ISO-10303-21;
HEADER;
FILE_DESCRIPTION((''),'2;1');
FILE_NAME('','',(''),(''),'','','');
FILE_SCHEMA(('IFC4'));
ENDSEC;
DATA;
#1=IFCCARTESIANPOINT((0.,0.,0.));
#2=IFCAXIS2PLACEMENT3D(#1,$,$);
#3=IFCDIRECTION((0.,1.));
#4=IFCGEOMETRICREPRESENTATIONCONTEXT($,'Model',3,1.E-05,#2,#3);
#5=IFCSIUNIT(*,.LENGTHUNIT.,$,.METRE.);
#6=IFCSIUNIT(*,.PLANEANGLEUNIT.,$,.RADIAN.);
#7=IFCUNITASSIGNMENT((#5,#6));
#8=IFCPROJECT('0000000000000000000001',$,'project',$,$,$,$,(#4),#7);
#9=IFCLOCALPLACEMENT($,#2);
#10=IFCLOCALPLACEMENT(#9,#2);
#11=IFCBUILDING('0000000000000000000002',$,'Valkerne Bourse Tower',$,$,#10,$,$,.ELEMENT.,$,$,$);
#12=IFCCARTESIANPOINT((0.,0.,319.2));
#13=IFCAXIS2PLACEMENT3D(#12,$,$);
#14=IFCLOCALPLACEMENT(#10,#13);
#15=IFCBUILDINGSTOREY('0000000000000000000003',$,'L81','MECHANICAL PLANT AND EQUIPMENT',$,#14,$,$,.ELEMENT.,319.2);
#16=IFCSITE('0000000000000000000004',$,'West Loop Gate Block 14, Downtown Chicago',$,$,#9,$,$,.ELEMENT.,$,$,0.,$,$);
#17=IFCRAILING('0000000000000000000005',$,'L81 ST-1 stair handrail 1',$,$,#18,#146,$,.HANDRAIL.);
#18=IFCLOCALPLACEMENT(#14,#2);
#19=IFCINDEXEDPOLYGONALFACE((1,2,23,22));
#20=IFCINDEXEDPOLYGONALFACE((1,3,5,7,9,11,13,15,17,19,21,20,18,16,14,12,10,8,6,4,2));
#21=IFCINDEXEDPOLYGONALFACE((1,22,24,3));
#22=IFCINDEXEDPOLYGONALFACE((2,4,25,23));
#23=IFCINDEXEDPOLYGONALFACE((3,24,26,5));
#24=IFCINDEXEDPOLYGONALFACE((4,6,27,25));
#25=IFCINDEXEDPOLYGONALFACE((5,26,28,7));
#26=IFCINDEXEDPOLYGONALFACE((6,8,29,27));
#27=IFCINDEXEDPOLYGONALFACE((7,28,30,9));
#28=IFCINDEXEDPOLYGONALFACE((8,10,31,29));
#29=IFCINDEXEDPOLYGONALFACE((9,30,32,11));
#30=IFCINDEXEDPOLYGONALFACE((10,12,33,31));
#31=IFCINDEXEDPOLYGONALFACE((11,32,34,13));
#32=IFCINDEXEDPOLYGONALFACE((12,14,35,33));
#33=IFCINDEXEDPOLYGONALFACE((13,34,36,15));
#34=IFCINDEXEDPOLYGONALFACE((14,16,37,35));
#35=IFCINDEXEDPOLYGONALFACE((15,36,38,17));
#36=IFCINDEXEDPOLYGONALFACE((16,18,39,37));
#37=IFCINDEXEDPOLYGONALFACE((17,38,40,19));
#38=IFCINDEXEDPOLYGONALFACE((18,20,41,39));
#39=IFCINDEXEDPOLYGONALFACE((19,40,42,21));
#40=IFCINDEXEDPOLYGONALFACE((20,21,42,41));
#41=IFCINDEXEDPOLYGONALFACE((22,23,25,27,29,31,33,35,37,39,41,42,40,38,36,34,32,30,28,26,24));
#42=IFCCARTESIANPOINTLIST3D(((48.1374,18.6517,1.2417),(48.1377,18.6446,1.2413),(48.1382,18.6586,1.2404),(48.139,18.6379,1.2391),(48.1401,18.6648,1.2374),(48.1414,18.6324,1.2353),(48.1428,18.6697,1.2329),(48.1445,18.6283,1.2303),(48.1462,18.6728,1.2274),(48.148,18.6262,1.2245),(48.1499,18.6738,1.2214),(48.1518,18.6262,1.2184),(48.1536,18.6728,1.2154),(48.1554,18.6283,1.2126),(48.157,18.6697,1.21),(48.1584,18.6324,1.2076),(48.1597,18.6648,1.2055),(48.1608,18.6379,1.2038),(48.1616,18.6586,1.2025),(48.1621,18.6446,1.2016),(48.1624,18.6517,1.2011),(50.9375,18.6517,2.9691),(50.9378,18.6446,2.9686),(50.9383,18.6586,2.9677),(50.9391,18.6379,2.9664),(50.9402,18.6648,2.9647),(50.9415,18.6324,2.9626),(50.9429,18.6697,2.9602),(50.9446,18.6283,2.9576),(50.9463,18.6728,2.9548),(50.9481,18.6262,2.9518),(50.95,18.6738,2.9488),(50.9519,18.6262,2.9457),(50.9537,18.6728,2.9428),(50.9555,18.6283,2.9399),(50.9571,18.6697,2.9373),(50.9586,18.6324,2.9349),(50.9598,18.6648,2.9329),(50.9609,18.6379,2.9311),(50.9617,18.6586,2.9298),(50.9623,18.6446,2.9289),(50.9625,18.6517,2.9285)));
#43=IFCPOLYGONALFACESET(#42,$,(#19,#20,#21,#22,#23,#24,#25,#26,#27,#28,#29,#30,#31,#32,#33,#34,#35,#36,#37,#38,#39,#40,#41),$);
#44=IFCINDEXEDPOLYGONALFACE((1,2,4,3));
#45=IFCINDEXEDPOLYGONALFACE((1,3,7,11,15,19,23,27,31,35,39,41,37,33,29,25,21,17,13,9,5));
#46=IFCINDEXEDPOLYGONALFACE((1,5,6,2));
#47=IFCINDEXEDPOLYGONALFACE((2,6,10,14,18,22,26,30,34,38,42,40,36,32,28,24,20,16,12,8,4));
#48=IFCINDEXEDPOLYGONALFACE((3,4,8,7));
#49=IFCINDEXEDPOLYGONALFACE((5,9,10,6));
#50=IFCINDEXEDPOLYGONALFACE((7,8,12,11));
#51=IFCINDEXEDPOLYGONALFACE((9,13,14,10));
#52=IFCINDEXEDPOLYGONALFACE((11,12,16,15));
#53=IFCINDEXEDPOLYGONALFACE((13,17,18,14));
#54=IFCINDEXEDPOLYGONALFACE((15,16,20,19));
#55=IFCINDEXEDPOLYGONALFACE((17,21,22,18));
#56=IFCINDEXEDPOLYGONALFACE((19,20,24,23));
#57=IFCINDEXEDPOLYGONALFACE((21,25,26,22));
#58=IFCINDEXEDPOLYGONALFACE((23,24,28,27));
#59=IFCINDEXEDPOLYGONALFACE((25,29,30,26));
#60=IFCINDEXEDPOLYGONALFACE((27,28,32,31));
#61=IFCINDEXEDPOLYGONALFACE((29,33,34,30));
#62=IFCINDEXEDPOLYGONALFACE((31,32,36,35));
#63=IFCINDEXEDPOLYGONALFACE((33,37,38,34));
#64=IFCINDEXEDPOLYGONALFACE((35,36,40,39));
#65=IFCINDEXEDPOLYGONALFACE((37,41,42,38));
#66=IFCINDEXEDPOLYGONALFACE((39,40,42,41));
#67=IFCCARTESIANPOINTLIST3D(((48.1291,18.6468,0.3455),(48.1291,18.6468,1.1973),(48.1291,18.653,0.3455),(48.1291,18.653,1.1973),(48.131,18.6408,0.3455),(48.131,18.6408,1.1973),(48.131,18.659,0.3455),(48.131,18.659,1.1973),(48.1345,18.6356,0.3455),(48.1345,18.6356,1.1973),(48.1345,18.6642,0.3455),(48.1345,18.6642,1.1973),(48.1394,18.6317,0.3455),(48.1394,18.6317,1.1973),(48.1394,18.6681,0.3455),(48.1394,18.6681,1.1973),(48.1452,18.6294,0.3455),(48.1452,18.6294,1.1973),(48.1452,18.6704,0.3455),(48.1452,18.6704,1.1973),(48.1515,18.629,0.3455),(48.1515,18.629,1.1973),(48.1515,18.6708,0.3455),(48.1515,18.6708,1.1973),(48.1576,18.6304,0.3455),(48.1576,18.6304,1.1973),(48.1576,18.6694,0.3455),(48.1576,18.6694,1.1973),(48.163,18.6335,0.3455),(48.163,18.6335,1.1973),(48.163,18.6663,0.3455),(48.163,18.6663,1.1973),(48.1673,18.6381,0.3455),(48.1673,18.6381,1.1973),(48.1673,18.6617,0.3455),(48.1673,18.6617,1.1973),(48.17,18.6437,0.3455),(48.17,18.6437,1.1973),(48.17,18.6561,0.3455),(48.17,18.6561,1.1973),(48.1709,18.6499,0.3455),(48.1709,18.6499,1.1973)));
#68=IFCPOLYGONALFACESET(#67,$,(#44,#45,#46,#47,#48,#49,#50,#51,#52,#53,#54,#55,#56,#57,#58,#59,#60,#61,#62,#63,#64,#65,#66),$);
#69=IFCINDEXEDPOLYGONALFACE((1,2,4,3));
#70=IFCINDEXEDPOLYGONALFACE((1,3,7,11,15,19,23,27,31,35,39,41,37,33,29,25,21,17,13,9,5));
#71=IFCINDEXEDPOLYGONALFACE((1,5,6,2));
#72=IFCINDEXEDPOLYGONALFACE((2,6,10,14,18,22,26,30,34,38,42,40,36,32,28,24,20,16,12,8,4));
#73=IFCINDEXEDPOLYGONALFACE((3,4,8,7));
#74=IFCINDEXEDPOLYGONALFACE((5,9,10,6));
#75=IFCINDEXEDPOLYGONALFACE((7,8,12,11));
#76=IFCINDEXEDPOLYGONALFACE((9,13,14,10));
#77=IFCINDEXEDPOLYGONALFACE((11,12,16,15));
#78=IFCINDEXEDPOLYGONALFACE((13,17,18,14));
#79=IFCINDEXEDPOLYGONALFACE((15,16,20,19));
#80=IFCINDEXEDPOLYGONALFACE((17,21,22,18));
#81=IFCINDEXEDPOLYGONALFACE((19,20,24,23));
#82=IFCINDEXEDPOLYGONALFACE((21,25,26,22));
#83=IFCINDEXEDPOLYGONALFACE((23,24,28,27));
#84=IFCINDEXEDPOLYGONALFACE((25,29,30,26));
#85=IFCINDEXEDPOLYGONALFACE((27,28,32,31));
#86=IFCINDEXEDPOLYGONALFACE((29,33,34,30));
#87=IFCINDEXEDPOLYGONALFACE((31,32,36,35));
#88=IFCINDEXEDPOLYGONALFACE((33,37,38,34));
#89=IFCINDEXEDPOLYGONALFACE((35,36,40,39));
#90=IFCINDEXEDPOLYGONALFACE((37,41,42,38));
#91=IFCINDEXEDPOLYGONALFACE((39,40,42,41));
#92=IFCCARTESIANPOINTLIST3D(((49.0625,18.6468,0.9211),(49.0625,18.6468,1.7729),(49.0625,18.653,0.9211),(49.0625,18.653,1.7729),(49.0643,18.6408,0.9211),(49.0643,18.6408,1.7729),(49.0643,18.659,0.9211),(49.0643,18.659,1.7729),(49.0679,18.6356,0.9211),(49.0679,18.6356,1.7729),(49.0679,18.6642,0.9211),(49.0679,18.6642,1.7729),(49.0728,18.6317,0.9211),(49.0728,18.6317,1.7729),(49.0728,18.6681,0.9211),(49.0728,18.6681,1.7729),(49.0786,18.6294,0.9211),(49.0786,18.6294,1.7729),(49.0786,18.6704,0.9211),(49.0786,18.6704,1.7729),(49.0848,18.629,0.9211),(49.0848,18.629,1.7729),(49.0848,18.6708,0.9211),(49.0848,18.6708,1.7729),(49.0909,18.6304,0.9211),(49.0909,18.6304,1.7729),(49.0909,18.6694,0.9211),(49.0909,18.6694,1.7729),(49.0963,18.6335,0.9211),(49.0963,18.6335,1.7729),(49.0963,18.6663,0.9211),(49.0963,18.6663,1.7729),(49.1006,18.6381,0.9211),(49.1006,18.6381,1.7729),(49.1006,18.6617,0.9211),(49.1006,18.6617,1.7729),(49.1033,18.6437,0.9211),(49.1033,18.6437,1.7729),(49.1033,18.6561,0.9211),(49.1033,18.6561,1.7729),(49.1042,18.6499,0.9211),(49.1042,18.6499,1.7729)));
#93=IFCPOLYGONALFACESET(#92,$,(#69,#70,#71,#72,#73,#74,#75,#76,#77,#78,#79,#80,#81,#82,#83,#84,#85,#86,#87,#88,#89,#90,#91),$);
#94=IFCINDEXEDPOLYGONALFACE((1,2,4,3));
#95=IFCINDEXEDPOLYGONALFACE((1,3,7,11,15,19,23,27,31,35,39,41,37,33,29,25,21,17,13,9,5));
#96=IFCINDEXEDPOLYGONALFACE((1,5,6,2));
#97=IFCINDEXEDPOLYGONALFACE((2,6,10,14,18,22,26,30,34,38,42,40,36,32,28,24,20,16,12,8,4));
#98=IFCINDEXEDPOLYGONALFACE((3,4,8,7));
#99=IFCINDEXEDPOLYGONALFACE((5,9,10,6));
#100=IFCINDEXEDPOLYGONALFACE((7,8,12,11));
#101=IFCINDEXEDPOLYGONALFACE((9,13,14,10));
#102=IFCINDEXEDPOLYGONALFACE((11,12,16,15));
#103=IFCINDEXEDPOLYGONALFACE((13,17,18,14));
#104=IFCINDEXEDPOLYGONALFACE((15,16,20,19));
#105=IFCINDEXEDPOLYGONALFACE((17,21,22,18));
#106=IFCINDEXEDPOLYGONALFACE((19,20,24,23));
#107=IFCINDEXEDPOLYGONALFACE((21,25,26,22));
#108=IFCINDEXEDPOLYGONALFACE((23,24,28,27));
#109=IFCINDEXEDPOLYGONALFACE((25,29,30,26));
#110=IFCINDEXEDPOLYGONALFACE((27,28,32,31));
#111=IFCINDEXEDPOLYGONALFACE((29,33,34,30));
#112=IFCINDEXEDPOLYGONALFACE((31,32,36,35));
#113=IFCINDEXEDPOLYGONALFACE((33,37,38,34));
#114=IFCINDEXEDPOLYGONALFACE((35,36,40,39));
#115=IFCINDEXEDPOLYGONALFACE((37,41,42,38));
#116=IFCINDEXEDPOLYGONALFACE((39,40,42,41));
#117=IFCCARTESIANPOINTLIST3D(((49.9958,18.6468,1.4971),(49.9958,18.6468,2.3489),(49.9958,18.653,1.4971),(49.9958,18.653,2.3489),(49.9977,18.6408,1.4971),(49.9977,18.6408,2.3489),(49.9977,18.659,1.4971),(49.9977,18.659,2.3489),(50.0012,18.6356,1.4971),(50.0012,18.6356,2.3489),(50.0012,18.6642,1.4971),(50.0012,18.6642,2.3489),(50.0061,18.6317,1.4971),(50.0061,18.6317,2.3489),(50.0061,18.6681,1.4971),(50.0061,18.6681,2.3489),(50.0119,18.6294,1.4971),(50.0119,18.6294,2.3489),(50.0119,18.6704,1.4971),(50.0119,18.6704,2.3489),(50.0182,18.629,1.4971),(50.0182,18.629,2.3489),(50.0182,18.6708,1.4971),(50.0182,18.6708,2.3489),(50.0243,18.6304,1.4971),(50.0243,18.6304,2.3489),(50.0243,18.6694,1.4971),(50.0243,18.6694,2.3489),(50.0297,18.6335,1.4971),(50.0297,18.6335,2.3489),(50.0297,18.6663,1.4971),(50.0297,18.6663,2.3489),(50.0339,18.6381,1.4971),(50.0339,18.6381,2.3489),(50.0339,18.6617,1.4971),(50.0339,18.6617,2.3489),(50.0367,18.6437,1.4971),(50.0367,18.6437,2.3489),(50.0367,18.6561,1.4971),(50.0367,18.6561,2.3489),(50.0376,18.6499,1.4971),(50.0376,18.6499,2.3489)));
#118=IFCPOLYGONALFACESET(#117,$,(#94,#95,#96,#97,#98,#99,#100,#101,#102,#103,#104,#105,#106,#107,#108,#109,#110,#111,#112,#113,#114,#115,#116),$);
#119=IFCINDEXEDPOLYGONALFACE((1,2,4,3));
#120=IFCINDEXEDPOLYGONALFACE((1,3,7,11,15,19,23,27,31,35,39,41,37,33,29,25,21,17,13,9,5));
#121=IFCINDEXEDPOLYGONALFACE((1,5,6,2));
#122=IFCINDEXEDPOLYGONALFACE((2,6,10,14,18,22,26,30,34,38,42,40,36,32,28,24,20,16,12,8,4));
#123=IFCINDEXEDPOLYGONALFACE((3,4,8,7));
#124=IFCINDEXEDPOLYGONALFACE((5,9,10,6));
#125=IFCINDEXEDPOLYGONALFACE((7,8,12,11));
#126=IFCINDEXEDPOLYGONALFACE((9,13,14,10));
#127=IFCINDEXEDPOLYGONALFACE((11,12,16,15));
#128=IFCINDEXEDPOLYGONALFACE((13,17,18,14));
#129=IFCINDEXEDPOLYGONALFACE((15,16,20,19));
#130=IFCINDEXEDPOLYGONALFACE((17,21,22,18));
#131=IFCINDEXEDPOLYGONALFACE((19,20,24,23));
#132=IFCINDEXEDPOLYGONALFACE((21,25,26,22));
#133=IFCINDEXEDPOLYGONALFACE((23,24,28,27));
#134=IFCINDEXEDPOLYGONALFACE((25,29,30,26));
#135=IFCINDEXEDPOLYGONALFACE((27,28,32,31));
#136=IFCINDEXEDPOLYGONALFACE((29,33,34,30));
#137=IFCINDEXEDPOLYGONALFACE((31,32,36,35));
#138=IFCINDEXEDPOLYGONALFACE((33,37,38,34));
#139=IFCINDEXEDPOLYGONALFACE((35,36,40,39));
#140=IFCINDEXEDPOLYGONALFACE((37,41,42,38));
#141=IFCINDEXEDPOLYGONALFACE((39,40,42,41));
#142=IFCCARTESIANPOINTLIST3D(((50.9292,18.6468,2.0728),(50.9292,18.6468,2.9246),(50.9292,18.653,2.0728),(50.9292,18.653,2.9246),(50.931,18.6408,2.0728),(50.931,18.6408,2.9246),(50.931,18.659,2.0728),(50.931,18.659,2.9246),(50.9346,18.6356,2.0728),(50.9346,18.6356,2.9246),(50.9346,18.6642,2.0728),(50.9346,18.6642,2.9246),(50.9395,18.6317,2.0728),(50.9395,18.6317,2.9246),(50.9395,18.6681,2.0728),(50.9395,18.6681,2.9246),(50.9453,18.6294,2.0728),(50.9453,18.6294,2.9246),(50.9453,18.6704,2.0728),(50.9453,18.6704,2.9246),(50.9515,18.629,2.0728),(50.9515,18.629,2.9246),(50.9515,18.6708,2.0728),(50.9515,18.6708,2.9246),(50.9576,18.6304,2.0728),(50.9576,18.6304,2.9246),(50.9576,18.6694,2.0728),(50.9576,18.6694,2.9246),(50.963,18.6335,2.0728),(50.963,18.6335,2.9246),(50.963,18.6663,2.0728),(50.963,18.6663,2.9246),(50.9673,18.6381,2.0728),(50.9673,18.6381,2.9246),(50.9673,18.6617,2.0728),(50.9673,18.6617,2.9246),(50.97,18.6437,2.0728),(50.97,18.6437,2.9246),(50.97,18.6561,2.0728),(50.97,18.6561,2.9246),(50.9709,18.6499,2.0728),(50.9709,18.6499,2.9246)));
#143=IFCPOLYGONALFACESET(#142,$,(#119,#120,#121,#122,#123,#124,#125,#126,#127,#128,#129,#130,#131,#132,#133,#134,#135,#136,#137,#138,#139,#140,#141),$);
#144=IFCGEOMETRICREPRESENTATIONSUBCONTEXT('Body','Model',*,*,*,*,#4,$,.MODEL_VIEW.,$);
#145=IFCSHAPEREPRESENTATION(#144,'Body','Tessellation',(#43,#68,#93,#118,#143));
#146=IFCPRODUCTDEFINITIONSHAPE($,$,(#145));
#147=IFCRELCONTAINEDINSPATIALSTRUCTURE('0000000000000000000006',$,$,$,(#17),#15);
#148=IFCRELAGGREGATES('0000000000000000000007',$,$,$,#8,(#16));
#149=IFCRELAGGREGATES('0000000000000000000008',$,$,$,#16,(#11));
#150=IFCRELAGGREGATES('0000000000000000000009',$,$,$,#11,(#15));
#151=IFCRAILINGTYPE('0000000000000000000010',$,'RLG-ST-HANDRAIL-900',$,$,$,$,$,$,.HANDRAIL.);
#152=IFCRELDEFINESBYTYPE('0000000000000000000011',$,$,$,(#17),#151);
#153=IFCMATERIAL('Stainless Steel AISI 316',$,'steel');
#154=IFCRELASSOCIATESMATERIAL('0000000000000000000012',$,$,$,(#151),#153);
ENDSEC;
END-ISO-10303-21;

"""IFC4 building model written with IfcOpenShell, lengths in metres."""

from ifc_helpers import new_model, si_unit, direction, frame, origin, origin_2d, place, context, subcontext, project, spatial, circle, extrude, material, type_object, element, save


model = new_model("IFC4")

# Units and contexts
model_context = context("Model", 3, precision=1e-05, world=origin(), true_north=direction((0.0, 1.0)))
body_context = subcontext(model_context, "Body", "Model", "MODEL_VIEW")
ifc_project = project(units=[si_unit("LENGTHUNIT", "METRE"), si_unit("PLANEANGLEUNIT", "RADIAN")], contexts=[model_context])

# Site, building, storey
site_placement = place(None, origin())
site = spatial("IfcSite", under=ifc_project, at=site_placement, Name="West Loop Gate Block 14, Downtown Chicago", CompositionType="ELEMENT", RefElevation=0.0)
building_placement = place(site_placement, origin())
building = spatial("IfcBuilding", under=site, at=building_placement, Name="Valkerne Bourse Tower", CompositionType="ELEMENT")
storey_placement = place(building_placement, frame((0.0, 0.0, 319.2)))
storey = spatial("IfcBuildingStorey", under=building, at=storey_placement, Name="L81", Description="MECHANICAL PLANT AND EQUIPMENT", CompositionType="ELEMENT", Elevation=319.2)

# Shared definitions
ifc_material_1 = material(Name="Stainless Steel AISI 316", Category="steel")

# Railing
railing_type_1 = type_object("IfcRailingType", Name="RLG-ST-HANDRAIL-900", PredefinedType="HANDRAIL", material=ifc_material_1)
railing_1_placement = place(storey_placement, frame((48.1499, 18.6499, 0.3455)))
element("IfcRailing", 1, at=railing_1_placement, inside=storey, type_object=railing_type_1, Name="L81 ST-1 stair handrail 1", PredefinedType="HANDRAIL", context=body_context, shape_type="SweptSolid", body=[
    extrude(circle(Radius=0.0239, at=origin_2d()), frame((0.0, 0.0, 0.876), z_axis=(0.85109, 0.0, 0.52502), x_axis=(0.0, 1.0, 0.0)), (0.0, 0.0, 1.0), 3.29),
    extrude(circle(Radius=0.021, at=origin_2d()), origin(), (0.0, 0.0, 1.0), 0.8518),
    extrude(circle(Radius=0.021, at=origin_2d()), frame((0.9333, 0.0, 0.5757)), (0.0, 0.0, 1.0), 0.8518),
    extrude(circle(Radius=0.021, at=origin_2d()), frame((1.8667, 0.0, 1.1516)), (0.0, 0.0, 1.0), 0.8518),
    extrude(circle(Radius=0.021, at=origin_2d()), frame((2.8, 0.0, 1.7273)), (0.0, 0.0, 1.0), 0.8518),
])

save(model, "model.ifc")
